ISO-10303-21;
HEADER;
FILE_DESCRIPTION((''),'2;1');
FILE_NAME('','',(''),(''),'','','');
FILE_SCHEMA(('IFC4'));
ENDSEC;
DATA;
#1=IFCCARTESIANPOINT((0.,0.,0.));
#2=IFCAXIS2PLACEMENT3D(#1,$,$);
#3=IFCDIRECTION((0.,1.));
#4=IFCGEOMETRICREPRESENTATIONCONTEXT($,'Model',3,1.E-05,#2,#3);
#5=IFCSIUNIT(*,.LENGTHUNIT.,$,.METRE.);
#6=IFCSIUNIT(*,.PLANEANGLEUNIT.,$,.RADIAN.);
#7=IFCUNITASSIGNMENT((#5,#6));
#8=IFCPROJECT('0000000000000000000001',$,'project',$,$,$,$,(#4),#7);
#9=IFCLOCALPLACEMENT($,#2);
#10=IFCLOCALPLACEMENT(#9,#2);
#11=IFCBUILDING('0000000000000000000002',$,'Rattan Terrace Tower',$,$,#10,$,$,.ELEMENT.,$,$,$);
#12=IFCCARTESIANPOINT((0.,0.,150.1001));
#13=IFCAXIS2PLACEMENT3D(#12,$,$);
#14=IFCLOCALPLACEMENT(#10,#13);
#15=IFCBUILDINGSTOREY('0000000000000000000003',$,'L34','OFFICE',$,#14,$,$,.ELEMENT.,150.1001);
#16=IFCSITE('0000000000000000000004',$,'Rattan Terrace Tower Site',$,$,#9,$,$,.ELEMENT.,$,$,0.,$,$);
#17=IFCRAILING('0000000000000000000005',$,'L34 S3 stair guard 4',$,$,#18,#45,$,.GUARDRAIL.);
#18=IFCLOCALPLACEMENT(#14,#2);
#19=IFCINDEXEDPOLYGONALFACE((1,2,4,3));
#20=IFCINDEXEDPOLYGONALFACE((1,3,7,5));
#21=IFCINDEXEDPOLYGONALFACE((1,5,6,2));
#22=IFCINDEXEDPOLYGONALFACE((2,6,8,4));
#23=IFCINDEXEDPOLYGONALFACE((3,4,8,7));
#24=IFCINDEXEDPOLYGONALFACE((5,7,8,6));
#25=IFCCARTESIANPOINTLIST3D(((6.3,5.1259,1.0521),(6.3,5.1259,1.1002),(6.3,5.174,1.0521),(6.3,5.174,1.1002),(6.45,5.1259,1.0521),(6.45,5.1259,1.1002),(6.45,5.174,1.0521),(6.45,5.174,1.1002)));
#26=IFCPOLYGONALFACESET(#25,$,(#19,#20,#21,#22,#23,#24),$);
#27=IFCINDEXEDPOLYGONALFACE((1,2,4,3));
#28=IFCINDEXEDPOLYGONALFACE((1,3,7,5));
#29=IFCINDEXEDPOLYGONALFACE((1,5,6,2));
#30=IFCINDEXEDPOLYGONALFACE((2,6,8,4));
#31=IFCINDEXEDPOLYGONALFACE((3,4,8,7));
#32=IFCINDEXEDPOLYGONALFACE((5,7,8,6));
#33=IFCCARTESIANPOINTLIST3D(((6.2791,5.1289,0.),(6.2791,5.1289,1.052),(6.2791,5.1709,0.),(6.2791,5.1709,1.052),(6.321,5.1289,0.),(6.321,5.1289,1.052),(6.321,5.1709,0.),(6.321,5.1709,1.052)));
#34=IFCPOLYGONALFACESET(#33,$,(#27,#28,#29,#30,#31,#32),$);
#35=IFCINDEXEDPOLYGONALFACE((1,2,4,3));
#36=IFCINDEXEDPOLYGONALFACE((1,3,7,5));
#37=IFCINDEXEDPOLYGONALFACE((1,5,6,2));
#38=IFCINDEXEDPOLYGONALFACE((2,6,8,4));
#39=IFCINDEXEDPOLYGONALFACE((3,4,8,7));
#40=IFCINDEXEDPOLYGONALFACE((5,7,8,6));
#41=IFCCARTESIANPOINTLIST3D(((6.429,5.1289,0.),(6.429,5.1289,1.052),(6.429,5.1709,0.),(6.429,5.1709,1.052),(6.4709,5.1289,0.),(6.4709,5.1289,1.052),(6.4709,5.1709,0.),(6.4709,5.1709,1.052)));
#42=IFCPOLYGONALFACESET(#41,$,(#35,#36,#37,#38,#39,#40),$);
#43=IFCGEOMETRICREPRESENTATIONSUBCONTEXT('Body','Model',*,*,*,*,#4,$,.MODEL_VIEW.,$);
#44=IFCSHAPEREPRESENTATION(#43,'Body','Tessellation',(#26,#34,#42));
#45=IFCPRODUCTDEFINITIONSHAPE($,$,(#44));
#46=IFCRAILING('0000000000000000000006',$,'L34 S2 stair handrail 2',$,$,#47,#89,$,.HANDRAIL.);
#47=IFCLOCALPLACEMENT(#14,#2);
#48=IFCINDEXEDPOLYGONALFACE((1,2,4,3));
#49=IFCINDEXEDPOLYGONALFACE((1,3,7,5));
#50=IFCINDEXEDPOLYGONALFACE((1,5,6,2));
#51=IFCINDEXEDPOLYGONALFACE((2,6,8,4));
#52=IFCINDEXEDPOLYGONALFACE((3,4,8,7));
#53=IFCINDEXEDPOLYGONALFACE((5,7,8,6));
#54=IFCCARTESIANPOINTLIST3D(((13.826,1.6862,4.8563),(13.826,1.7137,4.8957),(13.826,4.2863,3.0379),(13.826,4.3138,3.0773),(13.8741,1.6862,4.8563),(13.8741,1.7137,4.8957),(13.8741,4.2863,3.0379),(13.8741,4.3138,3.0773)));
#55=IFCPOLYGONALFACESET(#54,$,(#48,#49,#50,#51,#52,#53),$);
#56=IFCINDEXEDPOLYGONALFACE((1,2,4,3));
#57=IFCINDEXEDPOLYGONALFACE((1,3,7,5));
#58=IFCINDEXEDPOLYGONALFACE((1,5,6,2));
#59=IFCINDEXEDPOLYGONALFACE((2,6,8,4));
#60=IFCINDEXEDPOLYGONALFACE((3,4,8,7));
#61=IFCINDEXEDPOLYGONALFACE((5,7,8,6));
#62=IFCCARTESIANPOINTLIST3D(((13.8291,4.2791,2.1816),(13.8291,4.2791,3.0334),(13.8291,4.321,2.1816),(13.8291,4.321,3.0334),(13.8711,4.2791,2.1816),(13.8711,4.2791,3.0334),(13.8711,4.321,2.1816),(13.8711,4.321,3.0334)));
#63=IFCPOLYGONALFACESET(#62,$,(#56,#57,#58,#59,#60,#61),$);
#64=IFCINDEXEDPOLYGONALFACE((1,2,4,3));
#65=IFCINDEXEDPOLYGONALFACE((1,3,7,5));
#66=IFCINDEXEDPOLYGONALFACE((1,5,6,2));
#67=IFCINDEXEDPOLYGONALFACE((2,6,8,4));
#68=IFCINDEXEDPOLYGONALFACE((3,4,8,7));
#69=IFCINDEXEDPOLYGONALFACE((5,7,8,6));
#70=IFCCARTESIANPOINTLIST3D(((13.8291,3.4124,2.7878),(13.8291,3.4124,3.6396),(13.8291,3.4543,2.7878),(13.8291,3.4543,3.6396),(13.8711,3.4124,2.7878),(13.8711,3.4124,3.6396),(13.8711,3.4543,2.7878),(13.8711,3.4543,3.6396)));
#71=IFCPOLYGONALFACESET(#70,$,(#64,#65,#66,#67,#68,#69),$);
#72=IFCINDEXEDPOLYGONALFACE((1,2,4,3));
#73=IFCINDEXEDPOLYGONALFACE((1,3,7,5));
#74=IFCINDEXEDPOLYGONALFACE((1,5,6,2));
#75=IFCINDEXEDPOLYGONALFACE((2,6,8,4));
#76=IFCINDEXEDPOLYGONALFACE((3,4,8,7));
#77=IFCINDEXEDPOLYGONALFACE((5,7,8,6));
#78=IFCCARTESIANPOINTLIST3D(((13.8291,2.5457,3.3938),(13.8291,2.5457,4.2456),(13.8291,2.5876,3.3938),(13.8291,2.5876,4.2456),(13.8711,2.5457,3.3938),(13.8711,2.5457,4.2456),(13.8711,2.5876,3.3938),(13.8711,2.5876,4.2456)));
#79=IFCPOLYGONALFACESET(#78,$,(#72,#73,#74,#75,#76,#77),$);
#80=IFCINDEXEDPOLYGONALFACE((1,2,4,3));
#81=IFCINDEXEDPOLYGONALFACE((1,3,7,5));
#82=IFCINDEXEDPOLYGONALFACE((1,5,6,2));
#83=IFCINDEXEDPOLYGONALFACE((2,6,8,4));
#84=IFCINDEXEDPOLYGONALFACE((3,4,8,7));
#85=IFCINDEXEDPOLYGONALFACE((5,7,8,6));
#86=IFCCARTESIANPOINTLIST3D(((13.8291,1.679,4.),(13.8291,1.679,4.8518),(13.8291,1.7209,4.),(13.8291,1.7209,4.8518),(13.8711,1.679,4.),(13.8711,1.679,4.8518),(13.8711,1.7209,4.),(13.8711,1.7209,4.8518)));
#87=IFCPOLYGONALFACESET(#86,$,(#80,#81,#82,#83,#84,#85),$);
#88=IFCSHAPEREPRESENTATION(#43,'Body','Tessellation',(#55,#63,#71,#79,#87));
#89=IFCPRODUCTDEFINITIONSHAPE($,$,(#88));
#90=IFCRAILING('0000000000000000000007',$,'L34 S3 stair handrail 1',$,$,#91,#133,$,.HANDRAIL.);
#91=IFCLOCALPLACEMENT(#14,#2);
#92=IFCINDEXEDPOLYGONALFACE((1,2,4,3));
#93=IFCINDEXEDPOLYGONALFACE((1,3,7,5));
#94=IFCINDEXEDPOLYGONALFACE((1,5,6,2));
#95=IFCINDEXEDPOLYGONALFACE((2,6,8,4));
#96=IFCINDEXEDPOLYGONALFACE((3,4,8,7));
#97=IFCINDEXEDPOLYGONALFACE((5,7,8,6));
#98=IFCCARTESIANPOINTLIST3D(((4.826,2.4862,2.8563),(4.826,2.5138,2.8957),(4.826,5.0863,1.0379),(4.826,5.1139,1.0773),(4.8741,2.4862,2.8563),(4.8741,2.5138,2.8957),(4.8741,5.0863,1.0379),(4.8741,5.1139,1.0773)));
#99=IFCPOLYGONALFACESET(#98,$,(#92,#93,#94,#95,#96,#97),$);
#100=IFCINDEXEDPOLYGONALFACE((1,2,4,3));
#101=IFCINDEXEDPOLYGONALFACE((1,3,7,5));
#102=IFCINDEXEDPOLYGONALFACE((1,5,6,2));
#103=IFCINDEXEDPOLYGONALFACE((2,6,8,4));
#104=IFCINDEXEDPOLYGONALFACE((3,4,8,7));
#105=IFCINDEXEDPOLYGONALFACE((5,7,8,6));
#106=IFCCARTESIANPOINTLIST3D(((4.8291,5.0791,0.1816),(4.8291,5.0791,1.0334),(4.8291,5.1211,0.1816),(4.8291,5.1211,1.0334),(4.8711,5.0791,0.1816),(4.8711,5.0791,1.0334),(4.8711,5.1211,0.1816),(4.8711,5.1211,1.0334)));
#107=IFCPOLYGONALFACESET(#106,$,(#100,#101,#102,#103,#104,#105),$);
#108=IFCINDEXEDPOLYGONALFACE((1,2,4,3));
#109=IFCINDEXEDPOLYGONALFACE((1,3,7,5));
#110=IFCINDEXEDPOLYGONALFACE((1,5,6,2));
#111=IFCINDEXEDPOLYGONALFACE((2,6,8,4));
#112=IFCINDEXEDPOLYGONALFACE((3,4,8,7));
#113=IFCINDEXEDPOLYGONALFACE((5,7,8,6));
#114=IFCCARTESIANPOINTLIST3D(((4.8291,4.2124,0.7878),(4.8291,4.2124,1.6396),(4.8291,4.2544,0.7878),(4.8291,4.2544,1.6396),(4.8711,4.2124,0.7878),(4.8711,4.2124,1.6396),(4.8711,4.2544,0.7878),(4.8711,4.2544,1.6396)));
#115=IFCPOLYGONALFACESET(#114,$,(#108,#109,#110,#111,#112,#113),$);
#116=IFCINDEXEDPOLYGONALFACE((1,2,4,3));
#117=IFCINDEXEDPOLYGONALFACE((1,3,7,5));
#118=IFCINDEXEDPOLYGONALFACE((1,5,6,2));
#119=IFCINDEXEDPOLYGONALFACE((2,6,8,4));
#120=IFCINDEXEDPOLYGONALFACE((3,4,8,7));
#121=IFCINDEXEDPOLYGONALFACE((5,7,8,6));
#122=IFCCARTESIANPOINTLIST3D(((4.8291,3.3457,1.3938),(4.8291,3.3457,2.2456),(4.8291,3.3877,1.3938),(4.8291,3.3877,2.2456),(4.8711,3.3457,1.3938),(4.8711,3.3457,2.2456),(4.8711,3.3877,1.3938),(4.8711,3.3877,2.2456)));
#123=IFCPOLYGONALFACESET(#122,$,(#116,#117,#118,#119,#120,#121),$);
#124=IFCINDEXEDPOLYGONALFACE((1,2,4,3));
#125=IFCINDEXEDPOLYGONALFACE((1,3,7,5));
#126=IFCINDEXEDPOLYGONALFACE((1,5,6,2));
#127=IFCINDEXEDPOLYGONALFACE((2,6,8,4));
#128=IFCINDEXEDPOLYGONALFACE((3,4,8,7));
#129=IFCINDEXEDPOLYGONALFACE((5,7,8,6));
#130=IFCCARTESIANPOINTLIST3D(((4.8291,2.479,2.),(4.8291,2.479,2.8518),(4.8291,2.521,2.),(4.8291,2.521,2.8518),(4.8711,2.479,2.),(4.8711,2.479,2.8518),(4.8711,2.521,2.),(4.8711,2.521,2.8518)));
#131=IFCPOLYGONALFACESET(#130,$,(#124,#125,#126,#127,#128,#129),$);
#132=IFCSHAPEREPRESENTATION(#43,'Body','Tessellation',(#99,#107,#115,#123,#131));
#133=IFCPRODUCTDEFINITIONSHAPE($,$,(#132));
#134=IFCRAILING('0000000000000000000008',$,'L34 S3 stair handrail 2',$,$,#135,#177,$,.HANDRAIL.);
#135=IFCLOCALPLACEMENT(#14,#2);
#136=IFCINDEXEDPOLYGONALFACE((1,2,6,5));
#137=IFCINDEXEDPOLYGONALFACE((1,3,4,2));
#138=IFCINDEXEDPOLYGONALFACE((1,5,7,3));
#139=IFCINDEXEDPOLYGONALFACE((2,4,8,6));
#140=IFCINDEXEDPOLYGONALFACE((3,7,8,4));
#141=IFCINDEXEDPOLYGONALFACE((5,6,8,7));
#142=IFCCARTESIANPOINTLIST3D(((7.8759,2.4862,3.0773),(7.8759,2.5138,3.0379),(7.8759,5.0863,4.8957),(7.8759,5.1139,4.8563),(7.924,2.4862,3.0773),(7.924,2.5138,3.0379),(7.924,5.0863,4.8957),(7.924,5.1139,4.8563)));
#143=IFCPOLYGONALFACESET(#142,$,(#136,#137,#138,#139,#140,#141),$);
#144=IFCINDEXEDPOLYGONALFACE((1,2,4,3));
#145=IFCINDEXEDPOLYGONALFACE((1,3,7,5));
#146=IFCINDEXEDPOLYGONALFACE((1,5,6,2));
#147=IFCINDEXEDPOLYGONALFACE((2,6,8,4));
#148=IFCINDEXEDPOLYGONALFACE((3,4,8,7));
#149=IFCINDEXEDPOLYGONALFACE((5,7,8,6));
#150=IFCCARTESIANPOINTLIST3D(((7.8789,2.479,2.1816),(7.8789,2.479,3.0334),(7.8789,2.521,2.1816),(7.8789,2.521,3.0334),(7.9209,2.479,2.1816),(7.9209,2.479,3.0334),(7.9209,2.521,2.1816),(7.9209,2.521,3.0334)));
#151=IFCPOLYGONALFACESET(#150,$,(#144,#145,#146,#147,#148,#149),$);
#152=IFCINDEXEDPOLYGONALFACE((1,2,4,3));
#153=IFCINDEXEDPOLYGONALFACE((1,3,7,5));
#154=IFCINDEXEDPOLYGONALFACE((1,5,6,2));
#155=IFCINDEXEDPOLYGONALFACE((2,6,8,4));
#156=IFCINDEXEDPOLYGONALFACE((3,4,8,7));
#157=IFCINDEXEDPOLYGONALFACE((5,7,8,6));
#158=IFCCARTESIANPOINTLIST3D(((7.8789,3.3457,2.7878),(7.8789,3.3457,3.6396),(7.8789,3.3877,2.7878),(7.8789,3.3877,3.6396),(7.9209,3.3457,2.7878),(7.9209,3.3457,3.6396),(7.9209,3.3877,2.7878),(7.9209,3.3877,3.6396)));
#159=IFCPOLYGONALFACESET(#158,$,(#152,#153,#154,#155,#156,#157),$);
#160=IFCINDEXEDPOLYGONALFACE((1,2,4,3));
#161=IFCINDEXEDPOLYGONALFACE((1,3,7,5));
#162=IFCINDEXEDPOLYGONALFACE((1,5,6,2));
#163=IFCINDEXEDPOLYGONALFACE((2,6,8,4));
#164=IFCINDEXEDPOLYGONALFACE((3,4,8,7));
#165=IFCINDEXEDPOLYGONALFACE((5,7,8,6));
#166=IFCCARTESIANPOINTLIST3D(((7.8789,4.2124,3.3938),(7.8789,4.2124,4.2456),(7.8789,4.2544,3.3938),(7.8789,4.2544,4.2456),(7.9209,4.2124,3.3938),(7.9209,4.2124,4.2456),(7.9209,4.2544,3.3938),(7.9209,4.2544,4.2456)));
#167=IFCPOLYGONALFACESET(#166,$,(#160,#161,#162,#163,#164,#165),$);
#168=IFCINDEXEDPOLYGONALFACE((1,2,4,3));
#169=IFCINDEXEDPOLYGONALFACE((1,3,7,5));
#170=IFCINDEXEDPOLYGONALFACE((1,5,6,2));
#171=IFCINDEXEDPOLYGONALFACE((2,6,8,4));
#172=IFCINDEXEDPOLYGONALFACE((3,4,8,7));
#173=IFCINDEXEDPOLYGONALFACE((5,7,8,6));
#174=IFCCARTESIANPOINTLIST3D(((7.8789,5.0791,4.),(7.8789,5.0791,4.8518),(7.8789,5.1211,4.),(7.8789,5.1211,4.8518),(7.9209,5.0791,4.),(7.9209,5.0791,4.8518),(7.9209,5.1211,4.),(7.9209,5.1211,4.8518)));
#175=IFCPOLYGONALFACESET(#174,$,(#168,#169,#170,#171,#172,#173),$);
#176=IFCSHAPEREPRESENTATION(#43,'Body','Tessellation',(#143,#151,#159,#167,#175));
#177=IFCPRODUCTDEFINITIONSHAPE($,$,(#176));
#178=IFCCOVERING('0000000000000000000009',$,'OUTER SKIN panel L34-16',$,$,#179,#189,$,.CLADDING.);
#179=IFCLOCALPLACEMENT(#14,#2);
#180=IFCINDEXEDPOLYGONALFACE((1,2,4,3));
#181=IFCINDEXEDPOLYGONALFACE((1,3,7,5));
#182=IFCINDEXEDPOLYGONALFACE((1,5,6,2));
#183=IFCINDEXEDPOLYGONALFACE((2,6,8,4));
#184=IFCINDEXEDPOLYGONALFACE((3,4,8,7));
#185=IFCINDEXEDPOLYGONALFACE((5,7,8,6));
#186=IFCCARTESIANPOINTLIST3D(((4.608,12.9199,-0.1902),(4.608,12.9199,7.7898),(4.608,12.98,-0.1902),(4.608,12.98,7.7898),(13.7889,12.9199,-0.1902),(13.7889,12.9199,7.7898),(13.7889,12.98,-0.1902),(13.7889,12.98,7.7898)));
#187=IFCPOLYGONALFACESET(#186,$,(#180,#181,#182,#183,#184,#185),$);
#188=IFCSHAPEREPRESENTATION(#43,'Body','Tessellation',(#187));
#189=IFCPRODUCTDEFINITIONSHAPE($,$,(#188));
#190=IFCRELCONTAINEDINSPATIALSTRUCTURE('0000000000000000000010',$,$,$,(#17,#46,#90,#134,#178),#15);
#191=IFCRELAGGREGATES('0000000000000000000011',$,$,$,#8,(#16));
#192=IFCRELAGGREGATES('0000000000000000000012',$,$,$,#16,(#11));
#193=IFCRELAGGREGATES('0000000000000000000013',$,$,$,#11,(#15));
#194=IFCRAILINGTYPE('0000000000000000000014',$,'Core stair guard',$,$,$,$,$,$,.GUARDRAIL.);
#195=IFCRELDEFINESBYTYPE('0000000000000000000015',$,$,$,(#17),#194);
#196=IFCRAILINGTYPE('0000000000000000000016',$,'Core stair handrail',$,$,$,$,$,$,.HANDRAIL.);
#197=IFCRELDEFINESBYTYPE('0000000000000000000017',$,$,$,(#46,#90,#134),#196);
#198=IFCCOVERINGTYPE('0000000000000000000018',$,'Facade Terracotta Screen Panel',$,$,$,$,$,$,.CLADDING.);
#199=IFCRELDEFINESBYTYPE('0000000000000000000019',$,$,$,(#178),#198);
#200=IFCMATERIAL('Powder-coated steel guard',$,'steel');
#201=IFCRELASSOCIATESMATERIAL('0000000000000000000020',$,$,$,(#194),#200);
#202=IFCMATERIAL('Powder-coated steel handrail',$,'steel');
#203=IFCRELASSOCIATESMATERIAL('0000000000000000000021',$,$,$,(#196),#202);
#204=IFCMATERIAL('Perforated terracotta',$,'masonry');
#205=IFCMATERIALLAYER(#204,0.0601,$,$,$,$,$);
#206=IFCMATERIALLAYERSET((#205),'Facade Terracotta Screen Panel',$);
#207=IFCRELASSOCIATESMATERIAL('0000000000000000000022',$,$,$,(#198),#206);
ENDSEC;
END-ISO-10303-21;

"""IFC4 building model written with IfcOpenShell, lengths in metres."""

from ifc_helpers import new_model, si_unit, direction, frame, origin, origin_2d, place, context, subcontext, project, spatial, rectangle, extrude, material, layer, layer_set, type_object, element, save


model = new_model("IFC4")

# Units and contexts
model_context = context("Model", 3, precision=1e-05, world=origin(), true_north=direction((0.0, 1.0)))
body_context = subcontext(model_context, "Body", "Model", "MODEL_VIEW")
ifc_project = project(units=[si_unit("LENGTHUNIT", "METRE"), si_unit("PLANEANGLEUNIT", "RADIAN")], contexts=[model_context])

# Site, building, storey
site_placement = place(None, origin())
site = spatial("IfcSite", under=ifc_project, at=site_placement, Name="Rattan Terrace Tower Site", CompositionType="ELEMENT", RefElevation=0.0)
building_placement = place(site_placement, origin())
building = spatial("IfcBuilding", under=site, at=building_placement, Name="Rattan Terrace Tower", CompositionType="ELEMENT")
storey_placement = place(building_placement, frame((0.0, 0.0, 150.1001)))
storey = spatial("IfcBuildingStorey", under=building, at=storey_placement, Name="L34", Description="OFFICE", CompositionType="ELEMENT", Elevation=150.1001)

# Railings
ifc_material_1 = material(Name="Powder-coated steel guard", Category="steel")
railing_type_1 = type_object("IfcRailingType", Name="Core stair guard", PredefinedType="GUARDRAIL", material=ifc_material_1)
railing_1_placement = place(storey_placement, frame((6.3, 5.1499, 0.0)))
element("IfcRailing", 1, at=railing_1_placement, inside=storey, type_object=railing_type_1, Name="L34 S3 stair guard 4", PredefinedType="GUARDRAIL", context=body_context, shape_type="SweptSolid", body=[
    extrude(rectangle(XDim=0.0481, YDim=0.0481, at=origin_2d()), frame((0.0, 0.0, 1.0762), z_axis=(1.0, 0.0, 0.0), x_axis=(0.0, 1.0, 0.0)), (0.0, 0.0, 1.0), 0.1499),
    extrude(rectangle(XDim=0.042, YDim=0.042, at=origin_2d()), origin(), (0.0, 0.0, 1.0), 1.052),
    extrude(rectangle(XDim=0.042, YDim=0.042, at=origin_2d()), frame((0.1499, 0.0, 0.0)), (0.0, 0.0, 1.0), 1.052),
])
ifc_material_2 = material(Name="Powder-coated steel handrail", Category="steel")
railing_type_2 = type_object("IfcRailingType", Name="Core stair handrail", PredefinedType="HANDRAIL", material=ifc_material_2)
for number, where, name in (
    (2, (13.8501, 4.3, 2.1816), "L34 S2 stair handrail 2"),
    (3, (4.8501, 5.1001, 0.1816), "L34 S3 stair handrail 1"),
):
    element("IfcRailing", number, at=place(storey_placement, frame(where)), inside=storey, type_object=railing_type_2, Name=name, PredefinedType="HANDRAIL", context=body_context, shape_type="SweptSolid", body=[
        extrude(rectangle(XDim=0.0481, YDim=0.0481, at=origin_2d()), frame((0.0, 0.0, 0.876), z_axis=(0.0, -0.819485, 0.573101), x_axis=(1.0, 0.0, 0.0)), (0.0, 0.0, 1.0), 3.1729),
        extrude(rectangle(XDim=0.042, YDim=0.042, at=origin_2d()), origin(), (0.0, 0.0, 1.0), 0.8518),
        extrude(rectangle(XDim=0.042, YDim=0.042, at=origin_2d()), frame((0.0, -0.8667, 0.6062)), (0.0, 0.0, 1.0), 0.8518),
        extrude(rectangle(XDim=0.042, YDim=0.042, at=origin_2d()), frame((0.0, -1.7334, 1.2122)), (0.0, 0.0, 1.0), 0.8518),
        extrude(rectangle(XDim=0.042, YDim=0.042, at=origin_2d()), frame((0.0, -2.6001, 1.8184)), (0.0, 0.0, 1.0), 0.8518),
    ])
railing_2_placement = place(storey_placement, frame((7.8999, 2.5, 2.1816)))
element("IfcRailing", 4, at=railing_2_placement, inside=storey, type_object=railing_type_2, Name="L34 S3 stair handrail 2", PredefinedType="HANDRAIL", context=body_context, shape_type="SweptSolid", body=[
    extrude(rectangle(XDim=0.0481, YDim=0.0481, at=origin_2d()), frame((0.0, 0.0, 0.876), z_axis=(0.0, 0.819485, 0.573101), x_axis=(-1.0, 0.0, 0.0)), (0.0, 0.0, 1.0), 3.1729),
    extrude(rectangle(XDim=0.042, YDim=0.042, at=origin_2d()), origin(), (0.0, 0.0, 1.0), 0.8518),
    extrude(rectangle(XDim=0.042, YDim=0.042, at=origin_2d()), frame((0.0, 0.8667, 0.6062)), (0.0, 0.0, 1.0), 0.8518),
    extrude(rectangle(XDim=0.042, YDim=0.042, at=origin_2d()), frame((0.0, 1.7334, 1.2122)), (0.0, 0.0, 1.0), 0.8518),
    extrude(rectangle(XDim=0.042, YDim=0.042, at=origin_2d()), frame((0.0, 2.6001, 1.8184)), (0.0, 0.0, 1.0), 0.8518),
])

# Covering
ifc_material_3 = material(Name="Perforated terracotta", Category="masonry")
ifc_layer_1 = layer(ifc_material_3, 0.0601)
ifc_layer_set_1 = layer_set([ifc_layer_1], Name="Facade Terracotta Screen Panel")
covering_type = type_object("IfcCoveringType", Name="Facade Terracotta Screen Panel", PredefinedType="CLADDING", material=ifc_layer_set_1)
covering_placement = place(storey_placement, frame((9.1985, 12.95, -0.1902), z_axis=(0.0, 0.0, 1.0), x_axis=(-1.0, 0.0, 0.0)))
element("IfcCovering", 5, at=covering_placement, inside=storey, type_object=covering_type, Name="OUTER SKIN panel L34-16", PredefinedType="CLADDING", context=body_context, shape_type="SweptSolid", body=[
    extrude(rectangle(XDim=9.1809, YDim=0.0601, at=origin_2d()), origin(), (0.0, 0.0, 1.0), 7.98),
])

save(model, "model.ifc")
